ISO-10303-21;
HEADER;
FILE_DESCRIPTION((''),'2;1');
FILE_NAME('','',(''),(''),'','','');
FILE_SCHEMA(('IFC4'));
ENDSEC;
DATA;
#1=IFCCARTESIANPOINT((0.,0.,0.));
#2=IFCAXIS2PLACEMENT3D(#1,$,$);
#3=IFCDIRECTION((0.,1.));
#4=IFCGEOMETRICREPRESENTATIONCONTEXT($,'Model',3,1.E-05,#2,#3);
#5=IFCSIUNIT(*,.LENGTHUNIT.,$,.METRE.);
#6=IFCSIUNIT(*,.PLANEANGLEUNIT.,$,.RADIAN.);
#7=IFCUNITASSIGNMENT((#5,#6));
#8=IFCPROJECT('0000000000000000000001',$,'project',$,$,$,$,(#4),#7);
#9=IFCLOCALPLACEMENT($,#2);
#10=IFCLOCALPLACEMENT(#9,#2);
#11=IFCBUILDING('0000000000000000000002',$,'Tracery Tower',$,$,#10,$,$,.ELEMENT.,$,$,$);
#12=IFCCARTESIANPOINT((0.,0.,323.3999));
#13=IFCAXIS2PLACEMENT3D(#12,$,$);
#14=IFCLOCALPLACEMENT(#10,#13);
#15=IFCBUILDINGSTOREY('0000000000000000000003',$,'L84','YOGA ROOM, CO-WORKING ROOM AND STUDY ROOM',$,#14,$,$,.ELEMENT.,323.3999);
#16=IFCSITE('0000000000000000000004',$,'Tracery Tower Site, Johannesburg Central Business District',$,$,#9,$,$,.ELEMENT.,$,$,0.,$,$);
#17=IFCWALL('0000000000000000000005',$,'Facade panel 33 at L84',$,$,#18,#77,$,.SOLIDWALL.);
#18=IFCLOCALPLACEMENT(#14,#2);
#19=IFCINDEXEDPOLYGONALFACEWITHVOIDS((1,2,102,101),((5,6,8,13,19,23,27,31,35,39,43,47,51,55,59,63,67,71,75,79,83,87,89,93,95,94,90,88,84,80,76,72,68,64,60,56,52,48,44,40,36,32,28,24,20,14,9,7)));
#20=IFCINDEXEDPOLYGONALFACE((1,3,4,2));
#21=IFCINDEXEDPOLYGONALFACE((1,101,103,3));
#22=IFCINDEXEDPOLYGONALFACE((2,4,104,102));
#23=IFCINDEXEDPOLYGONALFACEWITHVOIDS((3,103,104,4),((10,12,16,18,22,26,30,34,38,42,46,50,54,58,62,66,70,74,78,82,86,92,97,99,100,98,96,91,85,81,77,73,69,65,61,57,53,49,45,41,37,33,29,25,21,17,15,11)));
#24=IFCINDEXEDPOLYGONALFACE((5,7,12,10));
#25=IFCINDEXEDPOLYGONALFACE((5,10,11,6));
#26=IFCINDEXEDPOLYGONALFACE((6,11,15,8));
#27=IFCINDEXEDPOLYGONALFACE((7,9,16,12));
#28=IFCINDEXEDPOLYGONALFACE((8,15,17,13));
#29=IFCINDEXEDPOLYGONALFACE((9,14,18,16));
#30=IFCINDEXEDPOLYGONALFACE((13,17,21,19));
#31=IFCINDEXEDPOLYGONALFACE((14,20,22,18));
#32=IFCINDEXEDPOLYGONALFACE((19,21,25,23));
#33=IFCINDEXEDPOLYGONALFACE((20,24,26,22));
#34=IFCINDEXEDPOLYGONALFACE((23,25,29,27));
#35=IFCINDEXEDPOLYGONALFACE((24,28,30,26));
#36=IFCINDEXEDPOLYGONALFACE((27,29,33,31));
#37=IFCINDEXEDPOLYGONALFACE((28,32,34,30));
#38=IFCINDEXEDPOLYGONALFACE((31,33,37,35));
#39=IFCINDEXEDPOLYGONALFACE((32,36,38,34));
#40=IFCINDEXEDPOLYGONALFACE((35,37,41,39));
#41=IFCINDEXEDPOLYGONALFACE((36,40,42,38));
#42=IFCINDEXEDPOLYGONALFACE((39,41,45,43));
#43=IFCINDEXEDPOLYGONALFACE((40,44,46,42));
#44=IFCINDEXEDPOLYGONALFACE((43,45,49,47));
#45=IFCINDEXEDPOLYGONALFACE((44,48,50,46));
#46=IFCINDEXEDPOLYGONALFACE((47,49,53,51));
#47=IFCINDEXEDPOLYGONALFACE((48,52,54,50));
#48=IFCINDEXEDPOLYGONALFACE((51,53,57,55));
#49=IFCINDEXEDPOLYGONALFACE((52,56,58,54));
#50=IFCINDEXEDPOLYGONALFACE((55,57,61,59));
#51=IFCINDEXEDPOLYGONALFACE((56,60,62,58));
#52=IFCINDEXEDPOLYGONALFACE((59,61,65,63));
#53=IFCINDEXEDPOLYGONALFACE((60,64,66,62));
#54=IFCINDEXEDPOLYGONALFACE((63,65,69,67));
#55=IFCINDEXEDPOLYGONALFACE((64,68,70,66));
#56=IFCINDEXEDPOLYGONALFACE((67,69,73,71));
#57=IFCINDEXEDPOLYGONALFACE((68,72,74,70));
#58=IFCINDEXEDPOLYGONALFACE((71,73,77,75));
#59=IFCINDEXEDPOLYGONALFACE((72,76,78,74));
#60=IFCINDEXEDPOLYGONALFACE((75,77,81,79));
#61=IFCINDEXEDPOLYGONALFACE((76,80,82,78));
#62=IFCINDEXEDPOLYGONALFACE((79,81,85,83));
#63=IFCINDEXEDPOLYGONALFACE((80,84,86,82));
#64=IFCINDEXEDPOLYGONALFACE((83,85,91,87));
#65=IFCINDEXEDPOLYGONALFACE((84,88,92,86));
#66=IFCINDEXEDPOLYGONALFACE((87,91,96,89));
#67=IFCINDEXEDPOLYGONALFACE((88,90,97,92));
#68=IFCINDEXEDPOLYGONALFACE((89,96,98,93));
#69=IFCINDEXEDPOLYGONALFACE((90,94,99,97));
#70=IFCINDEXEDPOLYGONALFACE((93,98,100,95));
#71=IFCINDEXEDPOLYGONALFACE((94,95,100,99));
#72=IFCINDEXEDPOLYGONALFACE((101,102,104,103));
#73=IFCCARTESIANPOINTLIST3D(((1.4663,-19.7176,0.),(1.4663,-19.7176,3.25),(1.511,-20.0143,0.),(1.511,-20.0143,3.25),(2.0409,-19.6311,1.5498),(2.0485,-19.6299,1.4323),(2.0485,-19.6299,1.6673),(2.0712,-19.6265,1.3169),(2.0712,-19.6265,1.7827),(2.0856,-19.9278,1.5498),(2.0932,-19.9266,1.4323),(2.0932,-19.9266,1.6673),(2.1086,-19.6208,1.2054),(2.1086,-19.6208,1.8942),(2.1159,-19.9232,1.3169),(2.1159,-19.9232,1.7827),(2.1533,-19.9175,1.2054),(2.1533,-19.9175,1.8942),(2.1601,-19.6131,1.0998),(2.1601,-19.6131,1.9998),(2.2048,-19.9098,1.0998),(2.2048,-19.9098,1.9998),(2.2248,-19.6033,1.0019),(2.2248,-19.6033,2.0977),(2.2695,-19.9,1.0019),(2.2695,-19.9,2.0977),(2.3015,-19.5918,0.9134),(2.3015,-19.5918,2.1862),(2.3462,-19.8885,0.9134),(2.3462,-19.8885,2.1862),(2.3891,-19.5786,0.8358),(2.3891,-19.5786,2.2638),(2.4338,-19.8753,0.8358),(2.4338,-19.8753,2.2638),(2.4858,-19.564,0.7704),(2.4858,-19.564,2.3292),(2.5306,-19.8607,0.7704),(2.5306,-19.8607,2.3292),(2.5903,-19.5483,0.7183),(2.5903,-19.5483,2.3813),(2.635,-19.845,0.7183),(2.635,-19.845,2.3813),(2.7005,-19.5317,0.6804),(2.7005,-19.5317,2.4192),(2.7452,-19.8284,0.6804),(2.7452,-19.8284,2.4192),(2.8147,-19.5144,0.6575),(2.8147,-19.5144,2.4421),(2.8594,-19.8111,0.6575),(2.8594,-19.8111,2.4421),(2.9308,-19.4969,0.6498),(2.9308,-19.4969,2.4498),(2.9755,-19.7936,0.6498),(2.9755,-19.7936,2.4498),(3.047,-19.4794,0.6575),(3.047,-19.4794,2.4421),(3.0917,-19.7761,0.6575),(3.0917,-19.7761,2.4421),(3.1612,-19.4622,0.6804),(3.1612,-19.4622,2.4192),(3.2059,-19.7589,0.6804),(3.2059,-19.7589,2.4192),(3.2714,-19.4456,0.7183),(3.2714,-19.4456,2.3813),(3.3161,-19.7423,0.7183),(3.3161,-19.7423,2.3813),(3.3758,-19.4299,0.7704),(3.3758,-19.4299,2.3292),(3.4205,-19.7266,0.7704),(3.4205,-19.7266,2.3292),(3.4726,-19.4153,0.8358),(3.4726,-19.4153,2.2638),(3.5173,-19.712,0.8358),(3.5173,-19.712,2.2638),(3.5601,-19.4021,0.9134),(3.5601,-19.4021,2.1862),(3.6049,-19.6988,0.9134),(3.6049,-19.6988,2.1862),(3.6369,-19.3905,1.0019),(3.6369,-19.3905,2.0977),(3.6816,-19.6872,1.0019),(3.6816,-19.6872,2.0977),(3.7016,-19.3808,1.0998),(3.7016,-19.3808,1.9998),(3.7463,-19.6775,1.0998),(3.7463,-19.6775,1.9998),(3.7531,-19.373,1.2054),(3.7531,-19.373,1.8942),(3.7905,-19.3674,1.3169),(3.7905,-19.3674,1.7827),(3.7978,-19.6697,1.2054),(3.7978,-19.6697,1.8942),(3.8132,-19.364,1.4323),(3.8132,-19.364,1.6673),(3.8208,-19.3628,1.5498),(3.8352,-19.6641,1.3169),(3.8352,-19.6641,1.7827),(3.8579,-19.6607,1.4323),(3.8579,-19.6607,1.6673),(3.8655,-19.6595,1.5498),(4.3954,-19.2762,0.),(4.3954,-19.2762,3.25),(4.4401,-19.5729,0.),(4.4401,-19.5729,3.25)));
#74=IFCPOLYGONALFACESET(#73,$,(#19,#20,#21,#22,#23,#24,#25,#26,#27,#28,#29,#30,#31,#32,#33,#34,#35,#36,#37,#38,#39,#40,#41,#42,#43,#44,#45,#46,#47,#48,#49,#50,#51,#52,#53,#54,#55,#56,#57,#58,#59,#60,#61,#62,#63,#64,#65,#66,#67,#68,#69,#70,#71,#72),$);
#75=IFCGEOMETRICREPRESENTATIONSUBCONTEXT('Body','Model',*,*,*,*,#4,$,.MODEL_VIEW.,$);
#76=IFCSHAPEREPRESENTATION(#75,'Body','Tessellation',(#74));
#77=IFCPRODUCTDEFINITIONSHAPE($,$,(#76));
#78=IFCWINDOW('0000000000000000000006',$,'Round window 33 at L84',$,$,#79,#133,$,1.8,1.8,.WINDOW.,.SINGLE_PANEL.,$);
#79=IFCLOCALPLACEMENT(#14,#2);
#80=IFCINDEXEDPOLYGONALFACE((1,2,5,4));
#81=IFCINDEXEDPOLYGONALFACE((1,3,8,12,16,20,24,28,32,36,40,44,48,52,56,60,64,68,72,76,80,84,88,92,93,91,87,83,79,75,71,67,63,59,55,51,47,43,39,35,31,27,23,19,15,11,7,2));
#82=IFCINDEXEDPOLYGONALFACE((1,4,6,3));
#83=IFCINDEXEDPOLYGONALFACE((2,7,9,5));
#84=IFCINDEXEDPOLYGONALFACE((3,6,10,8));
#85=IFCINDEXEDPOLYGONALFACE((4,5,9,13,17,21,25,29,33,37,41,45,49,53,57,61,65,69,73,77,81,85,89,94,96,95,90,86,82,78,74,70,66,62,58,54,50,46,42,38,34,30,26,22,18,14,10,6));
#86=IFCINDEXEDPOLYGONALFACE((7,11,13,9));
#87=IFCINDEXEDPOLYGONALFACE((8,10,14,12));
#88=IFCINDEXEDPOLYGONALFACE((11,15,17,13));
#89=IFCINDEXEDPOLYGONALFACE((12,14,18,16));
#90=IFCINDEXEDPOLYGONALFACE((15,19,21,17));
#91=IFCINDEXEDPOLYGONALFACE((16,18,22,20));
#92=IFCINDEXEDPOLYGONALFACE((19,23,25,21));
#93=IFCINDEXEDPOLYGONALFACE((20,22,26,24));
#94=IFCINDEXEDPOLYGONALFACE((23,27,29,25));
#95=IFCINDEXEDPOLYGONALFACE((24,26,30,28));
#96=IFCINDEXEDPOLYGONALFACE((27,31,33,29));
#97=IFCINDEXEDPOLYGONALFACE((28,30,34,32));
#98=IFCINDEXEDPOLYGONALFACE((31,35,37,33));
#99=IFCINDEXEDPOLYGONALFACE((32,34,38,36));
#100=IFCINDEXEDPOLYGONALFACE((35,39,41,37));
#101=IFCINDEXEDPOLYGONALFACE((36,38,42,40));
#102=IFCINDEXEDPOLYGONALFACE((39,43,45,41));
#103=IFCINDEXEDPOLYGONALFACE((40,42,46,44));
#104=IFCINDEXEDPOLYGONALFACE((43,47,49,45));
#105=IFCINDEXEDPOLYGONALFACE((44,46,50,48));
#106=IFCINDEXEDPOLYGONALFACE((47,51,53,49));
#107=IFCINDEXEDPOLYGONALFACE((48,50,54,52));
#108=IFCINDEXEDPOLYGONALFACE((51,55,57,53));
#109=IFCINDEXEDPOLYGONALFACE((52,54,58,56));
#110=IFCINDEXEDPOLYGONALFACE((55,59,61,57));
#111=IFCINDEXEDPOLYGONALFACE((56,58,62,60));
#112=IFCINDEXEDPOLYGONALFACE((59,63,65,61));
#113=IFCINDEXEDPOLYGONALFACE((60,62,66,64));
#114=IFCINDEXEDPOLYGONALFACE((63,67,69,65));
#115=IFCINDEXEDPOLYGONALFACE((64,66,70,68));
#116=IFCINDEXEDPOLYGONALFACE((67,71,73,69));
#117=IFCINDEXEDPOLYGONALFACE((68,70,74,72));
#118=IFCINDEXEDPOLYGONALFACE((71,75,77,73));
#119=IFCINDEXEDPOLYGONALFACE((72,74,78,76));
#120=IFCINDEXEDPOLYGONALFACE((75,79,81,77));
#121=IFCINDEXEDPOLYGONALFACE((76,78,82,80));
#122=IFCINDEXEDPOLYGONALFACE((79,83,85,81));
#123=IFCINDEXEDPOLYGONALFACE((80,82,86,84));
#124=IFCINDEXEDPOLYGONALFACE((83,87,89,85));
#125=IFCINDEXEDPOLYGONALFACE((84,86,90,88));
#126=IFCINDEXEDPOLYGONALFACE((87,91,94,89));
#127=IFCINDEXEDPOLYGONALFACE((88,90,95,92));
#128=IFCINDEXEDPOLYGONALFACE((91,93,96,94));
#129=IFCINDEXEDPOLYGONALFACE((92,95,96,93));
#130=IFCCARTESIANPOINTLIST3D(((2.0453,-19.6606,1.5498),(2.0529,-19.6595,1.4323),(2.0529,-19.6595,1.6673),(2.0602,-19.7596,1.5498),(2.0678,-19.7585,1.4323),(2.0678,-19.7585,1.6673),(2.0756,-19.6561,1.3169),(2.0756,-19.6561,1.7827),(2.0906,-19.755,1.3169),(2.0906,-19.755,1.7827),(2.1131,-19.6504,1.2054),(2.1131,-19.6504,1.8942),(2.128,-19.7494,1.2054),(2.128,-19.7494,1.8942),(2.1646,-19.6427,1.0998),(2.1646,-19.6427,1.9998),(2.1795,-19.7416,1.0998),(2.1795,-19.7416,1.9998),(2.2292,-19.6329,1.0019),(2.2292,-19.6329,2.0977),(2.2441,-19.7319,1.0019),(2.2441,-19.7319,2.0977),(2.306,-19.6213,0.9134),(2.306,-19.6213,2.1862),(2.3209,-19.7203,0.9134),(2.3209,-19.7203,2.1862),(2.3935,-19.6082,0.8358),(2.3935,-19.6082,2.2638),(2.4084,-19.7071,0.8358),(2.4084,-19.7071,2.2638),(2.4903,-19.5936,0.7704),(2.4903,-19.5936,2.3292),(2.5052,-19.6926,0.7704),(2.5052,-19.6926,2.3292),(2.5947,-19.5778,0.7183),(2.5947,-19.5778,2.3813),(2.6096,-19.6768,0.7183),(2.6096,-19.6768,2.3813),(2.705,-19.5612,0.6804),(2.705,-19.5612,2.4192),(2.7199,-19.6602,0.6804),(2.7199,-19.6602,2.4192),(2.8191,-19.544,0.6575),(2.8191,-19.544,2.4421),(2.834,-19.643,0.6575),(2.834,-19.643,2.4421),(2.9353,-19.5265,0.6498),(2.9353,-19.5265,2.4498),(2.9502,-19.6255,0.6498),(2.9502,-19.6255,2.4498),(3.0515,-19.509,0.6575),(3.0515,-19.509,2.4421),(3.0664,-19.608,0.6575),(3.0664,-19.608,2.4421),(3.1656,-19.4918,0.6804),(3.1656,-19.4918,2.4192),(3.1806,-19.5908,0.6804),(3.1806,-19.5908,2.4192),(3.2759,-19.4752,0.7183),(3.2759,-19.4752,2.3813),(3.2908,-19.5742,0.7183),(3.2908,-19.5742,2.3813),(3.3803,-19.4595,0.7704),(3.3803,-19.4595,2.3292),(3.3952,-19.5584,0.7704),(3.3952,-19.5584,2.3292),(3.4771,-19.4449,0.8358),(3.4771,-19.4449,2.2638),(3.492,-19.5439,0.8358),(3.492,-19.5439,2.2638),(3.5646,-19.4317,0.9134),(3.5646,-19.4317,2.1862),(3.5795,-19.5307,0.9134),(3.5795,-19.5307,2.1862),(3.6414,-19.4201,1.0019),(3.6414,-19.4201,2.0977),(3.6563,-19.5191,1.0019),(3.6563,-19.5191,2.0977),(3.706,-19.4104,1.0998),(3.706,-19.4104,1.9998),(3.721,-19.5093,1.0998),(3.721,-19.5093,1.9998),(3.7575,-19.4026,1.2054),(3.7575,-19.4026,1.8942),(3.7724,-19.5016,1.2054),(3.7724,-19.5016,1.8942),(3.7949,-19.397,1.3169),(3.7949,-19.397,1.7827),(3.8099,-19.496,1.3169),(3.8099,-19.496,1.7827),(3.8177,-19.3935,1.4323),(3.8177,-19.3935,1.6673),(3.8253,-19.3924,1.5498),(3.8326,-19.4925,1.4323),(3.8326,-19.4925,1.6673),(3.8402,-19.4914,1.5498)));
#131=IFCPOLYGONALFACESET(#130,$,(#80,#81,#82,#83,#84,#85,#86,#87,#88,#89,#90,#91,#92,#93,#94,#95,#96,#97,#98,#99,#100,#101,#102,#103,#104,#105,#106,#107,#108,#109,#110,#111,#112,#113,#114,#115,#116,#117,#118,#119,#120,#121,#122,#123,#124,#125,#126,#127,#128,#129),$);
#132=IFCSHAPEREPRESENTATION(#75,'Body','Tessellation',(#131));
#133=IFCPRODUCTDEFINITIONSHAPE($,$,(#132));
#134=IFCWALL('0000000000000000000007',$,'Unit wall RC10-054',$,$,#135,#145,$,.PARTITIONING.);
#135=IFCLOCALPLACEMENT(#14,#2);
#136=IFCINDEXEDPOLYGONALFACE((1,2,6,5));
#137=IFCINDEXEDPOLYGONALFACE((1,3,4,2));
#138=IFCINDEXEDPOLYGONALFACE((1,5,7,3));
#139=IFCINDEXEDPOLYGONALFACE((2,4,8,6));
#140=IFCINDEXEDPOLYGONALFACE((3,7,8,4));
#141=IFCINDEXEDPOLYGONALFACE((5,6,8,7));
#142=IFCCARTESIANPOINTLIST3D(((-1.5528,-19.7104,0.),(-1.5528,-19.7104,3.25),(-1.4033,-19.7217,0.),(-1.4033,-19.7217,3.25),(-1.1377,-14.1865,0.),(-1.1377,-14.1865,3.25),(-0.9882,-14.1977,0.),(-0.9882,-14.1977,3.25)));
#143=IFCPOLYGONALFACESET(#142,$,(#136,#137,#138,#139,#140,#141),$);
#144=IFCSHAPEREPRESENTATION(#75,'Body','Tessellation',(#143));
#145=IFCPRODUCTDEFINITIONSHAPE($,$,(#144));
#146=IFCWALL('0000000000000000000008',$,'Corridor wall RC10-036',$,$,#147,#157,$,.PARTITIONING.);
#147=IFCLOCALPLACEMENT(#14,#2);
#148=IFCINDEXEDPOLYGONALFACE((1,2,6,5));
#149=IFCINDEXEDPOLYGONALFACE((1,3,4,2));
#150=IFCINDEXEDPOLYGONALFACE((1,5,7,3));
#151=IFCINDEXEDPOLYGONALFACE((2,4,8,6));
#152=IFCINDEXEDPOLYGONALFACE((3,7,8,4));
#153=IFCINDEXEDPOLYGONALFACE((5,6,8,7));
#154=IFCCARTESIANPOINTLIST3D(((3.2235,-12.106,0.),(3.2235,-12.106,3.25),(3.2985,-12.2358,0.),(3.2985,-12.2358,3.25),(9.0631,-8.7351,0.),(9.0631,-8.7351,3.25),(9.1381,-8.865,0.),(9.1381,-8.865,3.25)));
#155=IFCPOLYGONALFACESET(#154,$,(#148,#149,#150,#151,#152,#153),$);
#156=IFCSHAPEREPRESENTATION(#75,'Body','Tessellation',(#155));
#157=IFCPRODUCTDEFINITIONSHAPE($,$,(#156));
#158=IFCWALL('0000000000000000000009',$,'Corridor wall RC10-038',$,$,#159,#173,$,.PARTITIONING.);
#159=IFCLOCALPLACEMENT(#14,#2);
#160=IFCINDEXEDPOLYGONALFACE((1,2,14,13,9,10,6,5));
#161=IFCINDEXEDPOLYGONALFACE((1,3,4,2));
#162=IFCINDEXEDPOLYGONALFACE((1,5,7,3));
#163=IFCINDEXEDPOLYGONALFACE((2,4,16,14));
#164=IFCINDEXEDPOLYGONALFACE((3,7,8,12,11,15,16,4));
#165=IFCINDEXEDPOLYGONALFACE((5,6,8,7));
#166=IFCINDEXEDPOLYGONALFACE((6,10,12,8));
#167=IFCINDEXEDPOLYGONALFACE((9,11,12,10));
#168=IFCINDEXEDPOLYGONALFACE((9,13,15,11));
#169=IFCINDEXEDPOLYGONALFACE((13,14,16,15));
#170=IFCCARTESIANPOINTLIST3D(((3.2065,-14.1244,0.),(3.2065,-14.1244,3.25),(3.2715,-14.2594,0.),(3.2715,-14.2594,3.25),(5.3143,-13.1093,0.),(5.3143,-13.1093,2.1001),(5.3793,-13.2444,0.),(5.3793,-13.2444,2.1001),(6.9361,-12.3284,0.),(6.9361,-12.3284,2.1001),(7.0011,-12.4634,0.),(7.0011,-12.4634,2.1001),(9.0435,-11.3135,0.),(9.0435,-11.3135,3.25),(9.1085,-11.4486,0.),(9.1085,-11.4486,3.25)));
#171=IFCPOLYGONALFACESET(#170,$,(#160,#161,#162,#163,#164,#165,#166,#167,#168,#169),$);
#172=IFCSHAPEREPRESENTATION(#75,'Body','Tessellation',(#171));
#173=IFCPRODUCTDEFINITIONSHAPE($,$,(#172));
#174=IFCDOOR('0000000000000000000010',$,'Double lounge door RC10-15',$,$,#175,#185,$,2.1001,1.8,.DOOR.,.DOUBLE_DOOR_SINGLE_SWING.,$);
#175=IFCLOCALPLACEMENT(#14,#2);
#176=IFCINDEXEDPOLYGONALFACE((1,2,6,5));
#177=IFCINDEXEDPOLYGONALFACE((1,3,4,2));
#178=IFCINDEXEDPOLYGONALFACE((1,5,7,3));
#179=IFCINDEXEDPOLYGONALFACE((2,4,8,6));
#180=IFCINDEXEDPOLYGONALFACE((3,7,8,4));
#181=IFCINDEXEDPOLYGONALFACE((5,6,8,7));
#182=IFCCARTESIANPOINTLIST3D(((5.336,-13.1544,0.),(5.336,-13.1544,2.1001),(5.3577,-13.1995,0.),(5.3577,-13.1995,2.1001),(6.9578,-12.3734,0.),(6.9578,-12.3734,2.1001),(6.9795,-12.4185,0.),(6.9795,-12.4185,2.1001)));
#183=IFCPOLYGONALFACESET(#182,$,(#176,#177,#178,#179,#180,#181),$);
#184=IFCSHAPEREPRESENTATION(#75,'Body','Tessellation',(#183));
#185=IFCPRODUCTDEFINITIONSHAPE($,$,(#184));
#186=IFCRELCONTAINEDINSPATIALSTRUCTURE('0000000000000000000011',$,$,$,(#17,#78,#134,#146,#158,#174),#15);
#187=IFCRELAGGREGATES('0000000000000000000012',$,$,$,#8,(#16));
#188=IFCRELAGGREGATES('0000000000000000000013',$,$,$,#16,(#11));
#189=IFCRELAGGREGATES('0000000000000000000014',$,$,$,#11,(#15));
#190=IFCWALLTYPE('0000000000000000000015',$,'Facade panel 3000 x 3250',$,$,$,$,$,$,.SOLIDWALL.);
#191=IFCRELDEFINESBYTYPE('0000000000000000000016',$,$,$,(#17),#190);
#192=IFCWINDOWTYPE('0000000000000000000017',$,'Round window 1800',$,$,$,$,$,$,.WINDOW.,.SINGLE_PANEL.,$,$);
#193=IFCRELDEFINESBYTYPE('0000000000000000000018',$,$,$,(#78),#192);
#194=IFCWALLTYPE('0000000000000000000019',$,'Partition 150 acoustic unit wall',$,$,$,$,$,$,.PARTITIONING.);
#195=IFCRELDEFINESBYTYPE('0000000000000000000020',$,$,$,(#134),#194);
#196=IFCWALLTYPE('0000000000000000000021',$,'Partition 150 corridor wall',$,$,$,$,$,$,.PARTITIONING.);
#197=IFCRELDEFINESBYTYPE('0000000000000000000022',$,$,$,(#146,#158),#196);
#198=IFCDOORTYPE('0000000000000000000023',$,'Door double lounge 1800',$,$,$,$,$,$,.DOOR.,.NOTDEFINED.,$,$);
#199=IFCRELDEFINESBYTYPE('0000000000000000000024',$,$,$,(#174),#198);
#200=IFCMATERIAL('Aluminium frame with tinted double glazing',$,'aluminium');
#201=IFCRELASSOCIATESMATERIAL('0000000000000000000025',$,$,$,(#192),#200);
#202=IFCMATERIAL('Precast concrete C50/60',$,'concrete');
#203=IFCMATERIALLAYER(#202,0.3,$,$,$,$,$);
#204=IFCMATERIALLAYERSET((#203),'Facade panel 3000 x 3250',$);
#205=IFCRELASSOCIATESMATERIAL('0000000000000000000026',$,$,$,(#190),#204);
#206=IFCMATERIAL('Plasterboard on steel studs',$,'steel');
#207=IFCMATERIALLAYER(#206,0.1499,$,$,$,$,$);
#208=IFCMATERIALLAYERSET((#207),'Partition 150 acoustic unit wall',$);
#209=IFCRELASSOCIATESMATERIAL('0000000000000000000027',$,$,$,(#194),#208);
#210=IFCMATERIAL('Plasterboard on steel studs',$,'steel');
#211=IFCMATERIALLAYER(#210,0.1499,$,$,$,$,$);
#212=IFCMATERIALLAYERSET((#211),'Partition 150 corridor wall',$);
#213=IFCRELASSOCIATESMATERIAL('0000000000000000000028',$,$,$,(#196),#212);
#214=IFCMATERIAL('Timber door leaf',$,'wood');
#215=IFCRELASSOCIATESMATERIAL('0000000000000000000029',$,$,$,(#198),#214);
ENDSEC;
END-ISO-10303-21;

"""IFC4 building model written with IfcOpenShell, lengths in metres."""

from ifc_helpers import new_model, si_unit, direction, frame, frame_2d, origin, origin_2d, place, context, subcontext, project, spatial, rectangle, circle, extrude, material, layer, layer_set, type_object, element, fill, save


model = new_model("IFC4")

# Units and contexts
model_context = context("Model", 3, precision=1e-05, world=origin(), true_north=direction((0.0, 1.0)))
body_context = subcontext(model_context, "Body", "Model", "MODEL_VIEW")
ifc_project = project(units=[si_unit("LENGTHUNIT", "METRE"), si_unit("PLANEANGLEUNIT", "RADIAN")], contexts=[model_context])

# Site, building, storey
site_placement = place(None, origin())
site = spatial("IfcSite", under=ifc_project, at=site_placement, Name="Tracery Tower Site, Johannesburg Central Business District", CompositionType="ELEMENT", RefElevation=0.0)
building_placement = place(site_placement, origin())
building = spatial("IfcBuilding", under=site, at=building_placement, Name="Tracery Tower", CompositionType="ELEMENT")
storey_placement = place(building_placement, frame((0.0, 0.0, 323.3999)))
storey = spatial("IfcBuildingStorey", under=building, at=storey_placement, Name="L84", Description="YOGA ROOM, CO-WORKING ROOM AND STUDY ROOM", CompositionType="ELEMENT", Elevation=323.3999)

# Wall, opening, window
ifc_material_1 = material(Name="Aluminium frame with tinted double glazing", Category="aluminium")
window_type = type_object("IfcWindowType", Name="Round window 1800", PartitioningType="SINGLE_PANEL", PredefinedType="WINDOW", material=ifc_material_1)
ifc_material_2 = material(Name="Precast concrete C50/60", Category="concrete")
ifc_layer_1 = layer(ifc_material_2, 0.3)
ifc_layer_set_1 = layer_set([ifc_layer_1], Name="Facade panel 3000 x 3250")
wall_type_1 = type_object("IfcWallType", Name="Facade panel 3000 x 3250", PredefinedType="SOLIDWALL", material=ifc_layer_set_1)
wall_1_placement = place(storey_placement, frame((1.4888, -19.866, 0.0), z_axis=(0.0, 0.0, 1.0), x_axis=(0.988836, 0.149009, 0.0)))
wall_1 = element("IfcWall", 1, at=wall_1_placement, inside=storey, type_object=wall_type_1, Name="Facade panel 33 at L84", PredefinedType="SOLIDWALL", context=body_context, shape_type="SweptSolid", body=[
    extrude(rectangle(XDim=2.9622, YDim=0.3, at=frame_2d((1.481, 0.0))), origin(), (0.0, 0.0, 1.0), 3.25),
])
opening_1_placement = place(wall_1_placement, frame((1.481, 0.0, 1.5498)))
opening_1 = element("IfcOpeningElement", 2, at=opening_1_placement, cuts=wall_1, PredefinedType="OPENING", context=body_context, shape_type="SweptSolid", body=[
    extrude(circle(Radius=0.9, at=origin_2d()), frame((0.0, 0.1599, 0.0), z_axis=(0.0, -1.0, 0.0), x_axis=(1.0, 0.0, 0.0)), (0.0, 0.0, 1.0), 0.3201),
])
window_1_placement = place(opening_1_placement, origin())
window_1 = element("IfcWindow", 3, at=window_1_placement, inside=storey, type_object=window_type, Name="Round window 33 at L84", OverallHeight=1.8, OverallWidth=1.8, PartitioningType="SINGLE_PANEL", PredefinedType="WINDOW", context=body_context, shape_type="SweptSolid", body=[
    extrude(circle(Radius=0.9, at=origin_2d()), frame((0.0, 0.1201, 0.0), z_axis=(0.0, -1.0, 0.0), x_axis=(1.0, 0.0, 0.0)), (0.0, 0.0, 1.0), 0.1001),
])
fill(opening_1, window_1)

# Walls
ifc_material_3 = material(Name="Plasterboard on steel studs", Category="steel")
ifc_layer_2 = layer(ifc_material_3, 0.1499)
ifc_layer_set_2 = layer_set([ifc_layer_2], Name="Partition 150 acoustic unit wall")
wall_type_2 = type_object("IfcWallType", Name="Partition 150 acoustic unit wall", PredefinedType="PARTITIONING", material=ifc_layer_set_2)
wall_2_placement = place(storey_placement, frame((-1.478, -19.7161, 0.0), z_axis=(0.0, 0.0, 1.0), x_axis=(0.074924, 0.997189, 0.0)))
element("IfcWall", 4, at=wall_2_placement, inside=storey, type_object=wall_type_2, Name="Unit wall RC10-054", PredefinedType="PARTITIONING", context=body_context, shape_type="SweptSolid", body=[
    extrude(rectangle(XDim=5.5396, YDim=0.1499, at=frame_2d((2.7698, 0.0))), origin(), (0.0, 0.0, 1.0), 3.25),
])
ifc_material_4 = material(Name="Plasterboard on steel studs", Category="steel")
ifc_layer_3 = layer(ifc_material_4, 0.1499)
ifc_layer_set_3 = layer_set([ifc_layer_3], Name="Partition 150 corridor wall")
wall_type_3 = type_object("IfcWallType", Name="Partition 150 corridor wall", PredefinedType="PARTITIONING", material=ifc_layer_set_3)
wall_3_placement = place(storey_placement, frame((3.261, -12.1709, 0.0), z_axis=(0.0, 0.0, 1.0), x_axis=(0.866067, 0.499928, 0.0)))
element("IfcWall", 5, at=wall_3_placement, inside=storey, type_object=wall_type_3, Name="Corridor wall RC10-036", PredefinedType="PARTITIONING", context=body_context, shape_type="SweptSolid", body=[
    extrude(rectangle(XDim=6.7427, YDim=0.1499, at=frame_2d((3.3713, 0.0))), origin(), (0.0, 0.0, 1.0), 3.25),
])

# Wall, opening, door
wall_4_placement = place(storey_placement, frame((3.239, -14.1919, 0.0), z_axis=(0.0, 0.0, 1.0), x_axis=(0.900976, 0.433869, 0.0)))
wall_4 = element("IfcWall", 6, at=wall_4_placement, inside=storey, type_object=wall_type_3, Name="Corridor wall RC10-038", PredefinedType="PARTITIONING", context=body_context, shape_type="SweptSolid", body=[
    extrude(rectangle(XDim=6.4785, YDim=0.1499, at=frame_2d((3.2393, 0.0))), origin(), (0.0, 0.0, 1.0), 3.25),
])
opening_2_placement = place(wall_4_placement, frame((2.3396, 0.0, 0.0)))
opening_2 = element("IfcOpeningElement", 7, at=opening_2_placement, cuts=wall_4, PredefinedType="OPENING", context=body_context, shape_type="SweptSolid", body=[
    extrude(rectangle(XDim=1.8, YDim=2.1001, at=frame_2d((0.8999, 1.05))), frame((0.0, 0.075, 0.0), z_axis=(0.0, -1.0, 0.0), x_axis=(1.0, 0.0, 0.0)), (0.0, 0.0, 1.0), 0.1499),
])
ifc_material_5 = material(Name="Timber door leaf", Category="wood")
door_type_1 = type_object("IfcDoorType", Name="Door double lounge 1800", OperationType="NOTDEFINED", PredefinedType="DOOR", material=ifc_material_5)
door_1_placement = place(opening_2_placement, origin())
door_1 = element("IfcDoor", 8, at=door_1_placement, inside=storey, type_object=door_type_1, Name="Double lounge door RC10-15", OperationType="DOUBLE_DOOR_SINGLE_SWING", OverallHeight=2.1001, OverallWidth=1.8, PredefinedType="DOOR", context=body_context, shape_type="SweptSolid", body=[
    extrude(rectangle(XDim=1.8, YDim=2.1001, at=frame_2d((0.8999, 1.05))), frame((0.0, 0.0249, 0.0), z_axis=(0.0, -1.0, 0.0), x_axis=(1.0, 0.0, 0.0)), (0.0, 0.0, 1.0), 0.05),
])
fill(opening_2, door_1)

save(model, "model.ifc")
